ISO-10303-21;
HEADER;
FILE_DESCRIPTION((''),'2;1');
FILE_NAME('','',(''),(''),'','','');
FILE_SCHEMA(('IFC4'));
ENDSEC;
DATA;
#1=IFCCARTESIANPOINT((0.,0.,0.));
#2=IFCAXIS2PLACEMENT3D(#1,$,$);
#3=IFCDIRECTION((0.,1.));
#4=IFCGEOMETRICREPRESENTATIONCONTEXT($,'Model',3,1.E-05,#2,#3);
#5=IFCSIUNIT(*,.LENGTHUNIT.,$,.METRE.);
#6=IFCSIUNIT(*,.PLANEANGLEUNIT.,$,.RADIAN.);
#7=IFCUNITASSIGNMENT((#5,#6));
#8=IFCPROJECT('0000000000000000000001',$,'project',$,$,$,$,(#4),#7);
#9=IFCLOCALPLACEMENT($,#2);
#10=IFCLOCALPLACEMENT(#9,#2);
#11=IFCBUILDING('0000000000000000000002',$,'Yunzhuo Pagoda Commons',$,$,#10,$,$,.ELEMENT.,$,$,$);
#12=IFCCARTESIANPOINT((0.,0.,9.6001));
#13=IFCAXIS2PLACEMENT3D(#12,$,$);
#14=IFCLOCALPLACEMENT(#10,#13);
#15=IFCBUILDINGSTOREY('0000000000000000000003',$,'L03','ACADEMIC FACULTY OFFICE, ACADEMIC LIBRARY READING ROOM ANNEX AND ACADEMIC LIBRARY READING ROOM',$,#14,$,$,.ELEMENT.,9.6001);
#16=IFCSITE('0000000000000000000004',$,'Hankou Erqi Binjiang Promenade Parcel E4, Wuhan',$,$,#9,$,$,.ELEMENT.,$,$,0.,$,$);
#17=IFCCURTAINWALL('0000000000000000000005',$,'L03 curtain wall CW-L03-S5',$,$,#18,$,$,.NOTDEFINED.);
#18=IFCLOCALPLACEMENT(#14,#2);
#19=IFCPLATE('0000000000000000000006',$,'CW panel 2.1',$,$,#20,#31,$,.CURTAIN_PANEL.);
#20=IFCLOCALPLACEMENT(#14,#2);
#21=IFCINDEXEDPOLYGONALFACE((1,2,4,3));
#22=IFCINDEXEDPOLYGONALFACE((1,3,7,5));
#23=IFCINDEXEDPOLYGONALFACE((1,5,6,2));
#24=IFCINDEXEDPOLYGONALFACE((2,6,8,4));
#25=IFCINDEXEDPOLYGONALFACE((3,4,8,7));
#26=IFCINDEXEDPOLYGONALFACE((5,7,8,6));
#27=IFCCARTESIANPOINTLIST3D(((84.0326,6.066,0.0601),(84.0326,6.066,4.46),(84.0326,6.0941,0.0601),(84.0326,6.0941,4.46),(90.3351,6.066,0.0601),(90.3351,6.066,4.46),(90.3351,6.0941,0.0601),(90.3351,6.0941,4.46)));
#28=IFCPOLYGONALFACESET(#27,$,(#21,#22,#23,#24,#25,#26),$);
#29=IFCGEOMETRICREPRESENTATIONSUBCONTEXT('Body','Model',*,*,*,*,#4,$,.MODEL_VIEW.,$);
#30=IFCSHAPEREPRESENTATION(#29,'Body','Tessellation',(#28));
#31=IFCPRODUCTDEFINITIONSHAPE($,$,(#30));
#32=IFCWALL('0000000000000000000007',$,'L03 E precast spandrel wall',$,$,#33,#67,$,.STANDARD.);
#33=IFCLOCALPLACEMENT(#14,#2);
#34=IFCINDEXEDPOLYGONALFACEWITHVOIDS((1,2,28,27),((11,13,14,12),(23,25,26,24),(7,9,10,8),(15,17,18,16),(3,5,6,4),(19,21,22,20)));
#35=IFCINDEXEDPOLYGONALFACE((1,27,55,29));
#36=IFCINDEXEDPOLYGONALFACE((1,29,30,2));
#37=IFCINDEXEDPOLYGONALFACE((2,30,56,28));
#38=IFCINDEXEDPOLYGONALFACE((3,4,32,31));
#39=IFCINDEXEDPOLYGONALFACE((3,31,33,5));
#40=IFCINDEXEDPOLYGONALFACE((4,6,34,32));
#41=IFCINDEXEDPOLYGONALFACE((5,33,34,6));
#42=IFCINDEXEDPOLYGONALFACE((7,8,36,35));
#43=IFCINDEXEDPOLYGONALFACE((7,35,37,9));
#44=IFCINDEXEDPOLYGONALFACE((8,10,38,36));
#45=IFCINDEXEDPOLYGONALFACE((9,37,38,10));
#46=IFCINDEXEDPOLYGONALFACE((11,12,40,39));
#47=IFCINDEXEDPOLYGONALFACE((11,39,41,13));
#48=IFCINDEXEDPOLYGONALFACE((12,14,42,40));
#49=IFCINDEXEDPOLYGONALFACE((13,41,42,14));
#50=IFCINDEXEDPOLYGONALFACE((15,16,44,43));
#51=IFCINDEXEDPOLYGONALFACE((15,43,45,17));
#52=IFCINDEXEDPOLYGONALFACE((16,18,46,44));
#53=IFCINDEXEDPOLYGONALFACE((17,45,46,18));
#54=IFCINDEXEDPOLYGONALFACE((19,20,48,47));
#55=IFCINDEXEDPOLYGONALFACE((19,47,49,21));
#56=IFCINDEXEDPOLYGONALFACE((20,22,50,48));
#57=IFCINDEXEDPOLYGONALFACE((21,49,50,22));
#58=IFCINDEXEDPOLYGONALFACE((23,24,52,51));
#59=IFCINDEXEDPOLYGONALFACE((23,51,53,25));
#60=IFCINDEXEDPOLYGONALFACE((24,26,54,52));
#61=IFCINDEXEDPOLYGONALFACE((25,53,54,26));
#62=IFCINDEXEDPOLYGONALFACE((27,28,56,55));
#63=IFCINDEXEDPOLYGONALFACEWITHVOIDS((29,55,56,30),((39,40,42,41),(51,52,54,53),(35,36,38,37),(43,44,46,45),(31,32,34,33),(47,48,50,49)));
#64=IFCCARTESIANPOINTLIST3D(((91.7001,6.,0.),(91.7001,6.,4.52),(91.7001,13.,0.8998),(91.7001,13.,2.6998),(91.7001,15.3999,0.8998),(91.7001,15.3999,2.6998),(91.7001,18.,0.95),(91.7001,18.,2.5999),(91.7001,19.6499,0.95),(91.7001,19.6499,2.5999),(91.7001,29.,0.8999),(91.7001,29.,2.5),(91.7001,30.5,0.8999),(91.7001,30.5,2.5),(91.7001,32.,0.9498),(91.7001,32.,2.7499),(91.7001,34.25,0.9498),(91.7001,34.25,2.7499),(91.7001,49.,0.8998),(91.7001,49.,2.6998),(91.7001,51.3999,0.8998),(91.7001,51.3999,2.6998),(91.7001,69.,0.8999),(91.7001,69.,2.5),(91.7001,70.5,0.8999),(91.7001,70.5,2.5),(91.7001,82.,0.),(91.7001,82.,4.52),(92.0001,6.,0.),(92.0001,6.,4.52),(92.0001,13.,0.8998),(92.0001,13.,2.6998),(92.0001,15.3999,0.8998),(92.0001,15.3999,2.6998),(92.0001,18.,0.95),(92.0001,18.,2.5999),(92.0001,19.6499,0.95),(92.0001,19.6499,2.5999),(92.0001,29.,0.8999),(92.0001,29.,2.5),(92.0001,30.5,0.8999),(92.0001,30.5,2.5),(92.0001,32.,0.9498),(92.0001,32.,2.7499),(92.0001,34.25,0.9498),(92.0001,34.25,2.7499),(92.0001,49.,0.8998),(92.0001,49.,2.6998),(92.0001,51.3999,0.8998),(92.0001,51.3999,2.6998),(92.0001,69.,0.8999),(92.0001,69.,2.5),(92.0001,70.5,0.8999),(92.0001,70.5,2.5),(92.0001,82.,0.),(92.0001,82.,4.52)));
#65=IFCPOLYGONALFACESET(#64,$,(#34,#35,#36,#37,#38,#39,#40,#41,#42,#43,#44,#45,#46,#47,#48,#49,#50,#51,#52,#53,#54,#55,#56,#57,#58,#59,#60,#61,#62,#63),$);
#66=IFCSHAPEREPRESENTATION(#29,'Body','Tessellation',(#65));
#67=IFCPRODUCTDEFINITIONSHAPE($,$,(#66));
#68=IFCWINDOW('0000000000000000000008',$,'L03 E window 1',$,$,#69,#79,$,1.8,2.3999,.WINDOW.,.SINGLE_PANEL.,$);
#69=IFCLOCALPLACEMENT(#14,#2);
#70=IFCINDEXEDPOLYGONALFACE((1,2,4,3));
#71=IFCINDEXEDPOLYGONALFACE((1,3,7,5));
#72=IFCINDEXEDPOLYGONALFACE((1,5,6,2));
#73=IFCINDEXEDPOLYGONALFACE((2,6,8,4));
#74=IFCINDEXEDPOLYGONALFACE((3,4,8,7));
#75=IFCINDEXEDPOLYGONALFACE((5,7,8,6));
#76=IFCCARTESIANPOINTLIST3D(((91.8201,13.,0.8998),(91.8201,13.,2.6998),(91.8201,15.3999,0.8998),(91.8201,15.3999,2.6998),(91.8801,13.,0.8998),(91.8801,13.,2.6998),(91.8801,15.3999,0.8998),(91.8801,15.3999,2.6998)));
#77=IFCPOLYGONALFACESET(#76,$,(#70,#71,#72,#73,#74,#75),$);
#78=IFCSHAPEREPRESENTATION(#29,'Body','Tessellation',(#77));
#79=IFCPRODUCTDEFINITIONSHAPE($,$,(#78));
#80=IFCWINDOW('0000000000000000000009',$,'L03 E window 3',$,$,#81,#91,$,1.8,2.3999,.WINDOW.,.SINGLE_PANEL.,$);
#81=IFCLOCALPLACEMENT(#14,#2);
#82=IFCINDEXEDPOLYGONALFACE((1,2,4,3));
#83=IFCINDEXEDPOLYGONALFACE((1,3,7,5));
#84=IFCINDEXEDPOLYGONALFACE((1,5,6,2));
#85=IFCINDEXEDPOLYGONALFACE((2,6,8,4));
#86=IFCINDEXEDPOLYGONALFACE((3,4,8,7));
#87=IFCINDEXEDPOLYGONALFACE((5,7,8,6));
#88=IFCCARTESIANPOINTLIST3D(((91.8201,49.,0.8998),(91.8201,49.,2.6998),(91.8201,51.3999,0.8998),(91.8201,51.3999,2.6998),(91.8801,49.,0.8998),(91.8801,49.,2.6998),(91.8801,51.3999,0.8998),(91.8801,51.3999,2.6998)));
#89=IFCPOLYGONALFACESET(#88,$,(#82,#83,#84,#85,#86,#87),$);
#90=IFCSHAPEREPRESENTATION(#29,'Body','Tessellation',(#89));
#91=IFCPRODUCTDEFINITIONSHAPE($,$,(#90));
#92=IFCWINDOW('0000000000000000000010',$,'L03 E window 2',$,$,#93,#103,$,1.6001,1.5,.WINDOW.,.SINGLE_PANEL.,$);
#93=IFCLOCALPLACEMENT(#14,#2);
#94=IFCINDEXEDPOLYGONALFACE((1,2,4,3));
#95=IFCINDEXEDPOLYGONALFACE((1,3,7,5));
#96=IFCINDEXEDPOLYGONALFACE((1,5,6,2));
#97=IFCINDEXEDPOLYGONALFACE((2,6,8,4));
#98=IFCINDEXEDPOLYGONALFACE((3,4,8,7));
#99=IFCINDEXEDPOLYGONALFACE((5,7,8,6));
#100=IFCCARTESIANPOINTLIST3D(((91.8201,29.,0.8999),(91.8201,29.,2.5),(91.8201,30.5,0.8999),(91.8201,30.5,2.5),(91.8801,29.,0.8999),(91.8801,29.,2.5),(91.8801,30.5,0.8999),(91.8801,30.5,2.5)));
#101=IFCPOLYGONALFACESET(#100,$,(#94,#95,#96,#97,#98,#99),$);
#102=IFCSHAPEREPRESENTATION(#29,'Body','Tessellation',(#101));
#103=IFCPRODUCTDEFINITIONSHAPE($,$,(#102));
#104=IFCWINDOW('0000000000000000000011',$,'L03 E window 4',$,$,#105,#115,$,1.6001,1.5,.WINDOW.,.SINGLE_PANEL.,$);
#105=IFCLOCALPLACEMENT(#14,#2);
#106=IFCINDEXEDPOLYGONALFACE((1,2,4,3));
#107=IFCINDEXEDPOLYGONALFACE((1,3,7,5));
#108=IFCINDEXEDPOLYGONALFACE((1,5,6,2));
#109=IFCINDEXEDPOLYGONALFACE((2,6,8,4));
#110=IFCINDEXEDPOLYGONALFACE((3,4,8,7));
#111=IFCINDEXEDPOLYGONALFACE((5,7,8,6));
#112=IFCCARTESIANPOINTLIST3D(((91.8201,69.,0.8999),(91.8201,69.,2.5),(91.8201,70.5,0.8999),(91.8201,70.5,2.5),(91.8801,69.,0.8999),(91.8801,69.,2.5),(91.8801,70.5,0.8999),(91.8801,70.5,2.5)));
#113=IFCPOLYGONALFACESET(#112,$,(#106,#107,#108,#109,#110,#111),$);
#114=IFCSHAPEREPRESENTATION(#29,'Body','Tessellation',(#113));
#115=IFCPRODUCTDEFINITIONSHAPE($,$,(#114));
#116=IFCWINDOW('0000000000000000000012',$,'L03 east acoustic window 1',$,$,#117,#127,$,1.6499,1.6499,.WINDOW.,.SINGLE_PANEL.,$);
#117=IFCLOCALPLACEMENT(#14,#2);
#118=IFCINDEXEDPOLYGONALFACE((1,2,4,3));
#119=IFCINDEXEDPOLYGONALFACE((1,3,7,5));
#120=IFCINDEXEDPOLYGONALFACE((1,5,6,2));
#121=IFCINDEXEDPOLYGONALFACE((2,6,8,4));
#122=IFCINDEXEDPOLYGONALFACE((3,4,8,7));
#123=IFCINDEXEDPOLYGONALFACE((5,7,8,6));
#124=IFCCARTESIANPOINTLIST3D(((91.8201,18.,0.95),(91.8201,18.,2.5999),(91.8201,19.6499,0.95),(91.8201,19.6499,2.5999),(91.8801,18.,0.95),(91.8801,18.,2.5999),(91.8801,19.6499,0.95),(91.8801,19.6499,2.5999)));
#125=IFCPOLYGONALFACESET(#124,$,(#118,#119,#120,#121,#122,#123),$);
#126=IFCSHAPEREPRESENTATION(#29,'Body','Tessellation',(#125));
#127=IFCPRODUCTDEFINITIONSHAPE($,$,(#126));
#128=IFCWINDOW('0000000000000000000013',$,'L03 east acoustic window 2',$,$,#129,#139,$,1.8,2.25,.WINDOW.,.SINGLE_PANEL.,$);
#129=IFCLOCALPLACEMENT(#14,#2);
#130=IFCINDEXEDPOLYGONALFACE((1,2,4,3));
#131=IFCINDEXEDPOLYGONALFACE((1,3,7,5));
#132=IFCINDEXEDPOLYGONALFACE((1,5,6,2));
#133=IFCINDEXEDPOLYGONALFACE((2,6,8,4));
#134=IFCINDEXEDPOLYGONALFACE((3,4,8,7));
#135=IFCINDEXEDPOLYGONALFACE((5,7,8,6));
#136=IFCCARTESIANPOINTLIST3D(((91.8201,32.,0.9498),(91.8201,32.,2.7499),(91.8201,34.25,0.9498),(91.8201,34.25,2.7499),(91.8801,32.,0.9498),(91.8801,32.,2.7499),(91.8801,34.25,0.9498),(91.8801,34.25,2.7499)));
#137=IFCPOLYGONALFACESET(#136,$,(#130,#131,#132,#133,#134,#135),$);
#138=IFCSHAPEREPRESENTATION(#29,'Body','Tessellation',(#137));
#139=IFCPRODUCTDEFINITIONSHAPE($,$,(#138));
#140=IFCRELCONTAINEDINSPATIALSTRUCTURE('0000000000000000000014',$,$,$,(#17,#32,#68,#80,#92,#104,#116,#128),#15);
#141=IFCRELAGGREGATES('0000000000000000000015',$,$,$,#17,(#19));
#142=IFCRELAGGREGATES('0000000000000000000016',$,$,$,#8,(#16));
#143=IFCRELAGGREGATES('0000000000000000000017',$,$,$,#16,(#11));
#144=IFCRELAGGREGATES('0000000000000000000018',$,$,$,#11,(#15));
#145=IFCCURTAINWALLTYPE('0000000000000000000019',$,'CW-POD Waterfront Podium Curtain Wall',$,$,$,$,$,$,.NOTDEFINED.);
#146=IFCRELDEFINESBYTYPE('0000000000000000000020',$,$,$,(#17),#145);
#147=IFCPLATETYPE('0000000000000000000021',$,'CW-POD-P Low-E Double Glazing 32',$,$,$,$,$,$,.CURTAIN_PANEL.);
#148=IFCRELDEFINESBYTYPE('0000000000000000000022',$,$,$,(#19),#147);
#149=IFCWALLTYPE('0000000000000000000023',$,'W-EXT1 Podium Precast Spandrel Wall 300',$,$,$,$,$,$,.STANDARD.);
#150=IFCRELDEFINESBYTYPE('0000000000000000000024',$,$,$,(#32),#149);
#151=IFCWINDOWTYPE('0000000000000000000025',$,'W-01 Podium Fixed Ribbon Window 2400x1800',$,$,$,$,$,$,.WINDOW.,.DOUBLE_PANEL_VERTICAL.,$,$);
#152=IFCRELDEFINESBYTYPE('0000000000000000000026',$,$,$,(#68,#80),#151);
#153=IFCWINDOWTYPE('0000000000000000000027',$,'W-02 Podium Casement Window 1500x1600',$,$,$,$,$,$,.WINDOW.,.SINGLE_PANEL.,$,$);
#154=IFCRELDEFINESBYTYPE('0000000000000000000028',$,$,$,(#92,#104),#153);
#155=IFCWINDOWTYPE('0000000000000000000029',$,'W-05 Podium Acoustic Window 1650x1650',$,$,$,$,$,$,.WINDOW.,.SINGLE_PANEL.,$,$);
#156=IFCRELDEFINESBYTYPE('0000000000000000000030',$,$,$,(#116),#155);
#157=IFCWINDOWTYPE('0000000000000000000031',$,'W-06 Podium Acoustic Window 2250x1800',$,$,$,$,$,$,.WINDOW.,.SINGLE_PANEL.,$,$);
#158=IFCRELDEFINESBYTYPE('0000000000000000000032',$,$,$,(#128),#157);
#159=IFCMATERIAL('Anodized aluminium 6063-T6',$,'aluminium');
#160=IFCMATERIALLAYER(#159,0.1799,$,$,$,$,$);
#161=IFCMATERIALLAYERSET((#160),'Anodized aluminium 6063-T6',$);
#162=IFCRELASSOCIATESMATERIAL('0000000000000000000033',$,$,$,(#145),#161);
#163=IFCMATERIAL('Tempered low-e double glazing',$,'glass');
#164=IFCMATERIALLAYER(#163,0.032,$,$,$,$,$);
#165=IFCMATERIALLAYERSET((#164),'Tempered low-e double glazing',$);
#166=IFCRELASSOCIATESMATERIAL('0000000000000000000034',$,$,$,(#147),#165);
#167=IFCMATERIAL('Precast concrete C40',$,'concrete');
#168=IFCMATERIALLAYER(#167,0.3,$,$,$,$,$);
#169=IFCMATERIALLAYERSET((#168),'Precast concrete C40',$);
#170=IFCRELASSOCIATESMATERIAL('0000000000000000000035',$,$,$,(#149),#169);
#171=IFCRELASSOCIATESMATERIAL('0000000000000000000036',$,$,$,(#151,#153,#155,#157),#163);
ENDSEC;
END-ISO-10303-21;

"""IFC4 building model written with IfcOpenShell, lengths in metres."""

from ifc_helpers import new_model, si_unit, direction, frame, frame_2d, origin, origin_with_axes, origin_2d, place, context, subcontext, project, spatial, rectangle, extrude, source, transform, mapped, material, layer, layer_set, type_object, element, fill, aggregate, save


model = new_model("IFC4")

# Units and contexts
model_context = context("Model", 3, precision=1e-05, world=origin(), true_north=direction((0.0, 1.0)))
body_context = subcontext(model_context, "Body", "Model", "MODEL_VIEW")
ifc_project = project(units=[si_unit("LENGTHUNIT", "METRE"), si_unit("PLANEANGLEUNIT", "RADIAN")], contexts=[model_context])

# Site, building, storey
site_placement = place(None, origin())
site = spatial("IfcSite", under=ifc_project, at=site_placement, Name="Hankou Erqi Binjiang Promenade Parcel E4, Wuhan", CompositionType="ELEMENT", RefElevation=0.0)
building_placement = place(site_placement, origin())
building = spatial("IfcBuilding", under=site, at=building_placement, Name="Yunzhuo Pagoda Commons", CompositionType="ELEMENT")
storey_placement = place(building_placement, frame((0.0, 0.0, 9.6001)))
storey = spatial("IfcBuildingStorey", under=building, at=storey_placement, Name="L03", Description="ACADEMIC FACULTY OFFICE, ACADEMIC LIBRARY READING ROOM ANNEX AND ACADEMIC LIBRARY READING ROOM", CompositionType="ELEMENT", Elevation=9.6001)

# Curtain wall, plate
ifc_material_1 = material(Name="Anodized aluminium 6063-T6", Category="aluminium")
ifc_layer_1 = layer(ifc_material_1, 0.1799)
ifc_layer_set_1 = layer_set([ifc_layer_1], Name="Anodized aluminium 6063-T6")
curtain_wall_type = type_object("IfcCurtainWallType", Name="CW-POD Waterfront Podium Curtain Wall", PredefinedType="NOTDEFINED", material=ifc_layer_set_1)
curtain_wall_placement = place(storey_placement, origin())
curtain_wall = element("IfcCurtainWall", 1, at=curtain_wall_placement, inside=storey, type_object=curtain_wall_type, Name="L03 curtain wall CW-L03-S5", PredefinedType="NOTDEFINED")
ifc_material_2 = material(Name="Tempered low-e double glazing", Category="glass")
ifc_layer_2 = layer(ifc_material_2, 0.032)
ifc_layer_set_2 = layer_set([ifc_layer_2], Name="Tempered low-e double glazing")
plate_type = type_object("IfcPlateType", Name="CW-POD-P Low-E Double Glazing 32", PredefinedType="CURTAIN_PANEL", material=ifc_layer_set_2)
shared_shape_1 = source(origin(), body_context, "Body", "SweptSolid", [
    extrude(rectangle(XDim=6.3025, YDim=0.0281, at=origin_2d()), origin(), (0.0, 0.0, 1.0), 4.3999),
])
plate_1_placement = place(storey_placement, frame((87.1838, 6.0801, 0.0601), z_axis=(0.0, 0.0, 1.0), x_axis=(1.0, 0.0, 0.0)))
plate_1 = element("IfcPlate", 2, at=plate_1_placement, type_object=plate_type, Name="CW panel 2.1", PredefinedType="CURTAIN_PANEL", context=body_context, shape_type="MappedRepresentation", body=[
    mapped(shared_shape_1, transform((0.0, 0.0, 0.0), scale=1.0)),
])
aggregate(curtain_wall, [plate_1])

# Wall, openings, windows
ifc_material_3 = material(Name="Precast concrete C40", Category="concrete")
ifc_layer_3 = layer(ifc_material_3, 0.3)
ifc_layer_set_3 = layer_set([ifc_layer_3], Name="Precast concrete C40")
wall_type = type_object("IfcWallType", Name="W-EXT1 Podium Precast Spandrel Wall 300", PredefinedType="STANDARD", material=ifc_layer_set_3)
wall_placement = place(storey_placement, frame((91.8501, 6.0, 0.0), z_axis=(0.0, 0.0, 1.0), x_axis=(0.0, 1.0, 0.0)))
wall = element("IfcWall", 3, at=wall_placement, inside=storey, type_object=wall_type, Name="L03 E precast spandrel wall", PredefinedType="STANDARD", context=body_context, shape_type="SweptSolid", body=[
    extrude(rectangle(XDim=76.0, YDim=0.3, at=frame_2d((38.0, 0.0))), origin(), (0.0, 0.0, 1.0), 4.52),
])
opening_1_placement = place(wall_placement, frame((7.0, 0.0, 0.8999)))
opening_1 = element("IfcOpeningElement", 4, at=opening_1_placement, cuts=wall, PredefinedType="OPENING", context=body_context, shape_type="SweptSolid", body=[
    extrude(rectangle(XDim=2.3999, YDim=1.8, at=frame_2d((1.2, 0.8999))), frame((0.0, 0.1602, 0.0), z_axis=(0.0, -1.0, 0.0), x_axis=(1.0, 0.0, 0.0)), (0.0, 0.0, 1.0), 0.3201),
])
opening_2_placement = place(wall_placement, frame((23.0, 0.0, 0.8999)))
opening_2 = element("IfcOpeningElement", 5, at=opening_2_placement, cuts=wall, PredefinedType="OPENING", context=body_context, shape_type="SweptSolid", body=[
    extrude(rectangle(XDim=1.5, YDim=1.6001, at=frame_2d((0.75, 0.8))), frame((0.0, 0.1602, 0.0), z_axis=(0.0, -1.0, 0.0), x_axis=(1.0, 0.0, 0.0)), (0.0, 0.0, 1.0), 0.3201),
])
opening_3_placement = place(wall_placement, frame((43.0, 0.0, 0.8999)))
opening_3 = element("IfcOpeningElement", 6, at=opening_3_placement, cuts=wall, PredefinedType="OPENING", context=body_context, shape_type="SweptSolid", body=[
    extrude(rectangle(XDim=2.3999, YDim=1.8, at=frame_2d((1.2, 0.8999))), frame((0.0, 0.1602, 0.0), z_axis=(0.0, -1.0, 0.0), x_axis=(1.0, 0.0, 0.0)), (0.0, 0.0, 1.0), 0.3201),
])
opening_4_placement = place(wall_placement, frame((63.0, 0.0, 0.8999)))
opening_4 = element("IfcOpeningElement", 7, at=opening_4_placement, cuts=wall, PredefinedType="OPENING", context=body_context, shape_type="SweptSolid", body=[
    extrude(rectangle(XDim=1.5, YDim=1.6001, at=frame_2d((0.75, 0.8))), frame((0.0, 0.1602, 0.0), z_axis=(0.0, -1.0, 0.0), x_axis=(1.0, 0.0, 0.0)), (0.0, 0.0, 1.0), 0.3201),
])
opening_5_placement = place(wall_placement, frame((12.0, 0.0, 0.95)))
opening_5 = element("IfcOpeningElement", 8, at=opening_5_placement, cuts=wall, PredefinedType="OPENING", context=body_context, shape_type="SweptSolid", body=[
    extrude(rectangle(XDim=1.6499, YDim=1.6499, at=frame_2d((0.825, 0.825))), frame((0.0, 0.1602, 0.0), z_axis=(0.0, -1.0, 0.0), x_axis=(1.0, 0.0, 0.0)), (0.0, 0.0, 1.0), 0.3201),
])
opening_6_placement = place(wall_placement, frame((26.0, 0.0, 0.95)))
opening_6 = element("IfcOpeningElement", 9, at=opening_6_placement, cuts=wall, PredefinedType="OPENING", context=body_context, shape_type="SweptSolid", body=[
    extrude(rectangle(XDim=2.25, YDim=1.8, at=frame_2d((1.125, 0.8999))), frame((0.0, 0.1602, 0.0), z_axis=(0.0, -1.0, 0.0), x_axis=(1.0, 0.0, 0.0)), (0.0, 0.0, 1.0), 0.3201),
])
window_type_1 = type_object("IfcWindowType", Name="W-01 Podium Fixed Ribbon Window 2400x1800", PartitioningType="DOUBLE_PANEL_VERTICAL", PredefinedType="WINDOW", material=ifc_material_2)
shared_shape_2 = source(origin(), body_context, "Body", "SweptSolid", [
    extrude(rectangle(XDim=2.3999, YDim=1.8, at=frame_2d((1.2, 0.8999))), frame((0.0, 0.03, 0.0), z_axis=(0.0, -1.0, 0.0), x_axis=(1.0, 0.0, 0.0)), (0.0, 0.0, 1.0), 0.0601),
])
window_1_placement = place(opening_1_placement, origin_with_axes())
window_1 = element("IfcWindow", 10, at=window_1_placement, inside=storey, type_object=window_type_1, Name="L03 E window 1", OverallHeight=1.8, OverallWidth=2.3999, PartitioningType="SINGLE_PANEL", PredefinedType="WINDOW", context=body_context, shape_type="MappedRepresentation", body=[
    mapped(shared_shape_2, transform((0.0, 0.0, 0.0), scale=1.0)),
])
fill(opening_1, window_1)
window_2_placement = place(opening_3_placement, origin_with_axes())
window_2 = element("IfcWindow", 11, at=window_2_placement, inside=storey, type_object=window_type_1, Name="L03 E window 3", OverallHeight=1.8, OverallWidth=2.3999, PartitioningType="SINGLE_PANEL", PredefinedType="WINDOW", context=body_context, shape_type="MappedRepresentation", body=[
    mapped(shared_shape_2, transform((0.0, 0.0, 0.0), scale=1.0)),
])
fill(opening_3, window_2)
window_type_2 = type_object("IfcWindowType", Name="W-02 Podium Casement Window 1500x1600", PartitioningType="SINGLE_PANEL", PredefinedType="WINDOW", material=ifc_material_2)
shared_shape_3 = source(origin(), body_context, "Body", "SweptSolid", [
    extrude(rectangle(XDim=1.5, YDim=1.6001, at=frame_2d((0.75, 0.8))), frame((0.0, 0.03, 0.0), z_axis=(0.0, -1.0, 0.0), x_axis=(1.0, 0.0, 0.0)), (0.0, 0.0, 1.0), 0.0601),
])
window_3_placement = place(opening_2_placement, origin_with_axes())
window_3 = element("IfcWindow", 12, at=window_3_placement, inside=storey, type_object=window_type_2, Name="L03 E window 2", OverallHeight=1.6001, OverallWidth=1.5, PartitioningType="SINGLE_PANEL", PredefinedType="WINDOW", context=body_context, shape_type="MappedRepresentation", body=[
    mapped(shared_shape_3, transform((0.0, 0.0, 0.0), scale=1.0)),
])
fill(opening_2, window_3)
window_4_placement = place(opening_4_placement, origin_with_axes())
window_4 = element("IfcWindow", 13, at=window_4_placement, inside=storey, type_object=window_type_2, Name="L03 E window 4", OverallHeight=1.6001, OverallWidth=1.5, PartitioningType="SINGLE_PANEL", PredefinedType="WINDOW", context=body_context, shape_type="MappedRepresentation", body=[
    mapped(shared_shape_3, transform((0.0, 0.0, 0.0), scale=1.0)),
])
fill(opening_4, window_4)
window_type_3 = type_object("IfcWindowType", Name="W-05 Podium Acoustic Window 1650x1650", PartitioningType="SINGLE_PANEL", PredefinedType="WINDOW", material=ifc_material_2)
shared_shape_4 = source(origin(), body_context, "Body", "SweptSolid", [
    extrude(rectangle(XDim=1.6499, YDim=1.6499, at=frame_2d((0.825, 0.825))), frame((0.0, 0.03, 0.0), z_axis=(0.0, -1.0, 0.0), x_axis=(1.0, 0.0, 0.0)), (0.0, 0.0, 1.0), 0.0601),
])
window_5_placement = place(opening_5_placement, origin_with_axes())
window_5 = element("IfcWindow", 14, at=window_5_placement, inside=storey, type_object=window_type_3, Name="L03 east acoustic window 1", OverallHeight=1.6499, OverallWidth=1.6499, PartitioningType="SINGLE_PANEL", PredefinedType="WINDOW", context=body_context, shape_type="MappedRepresentation", body=[
    mapped(shared_shape_4, transform((0.0, 0.0, 0.0), scale=1.0)),
])
fill(opening_5, window_5)
window_type_4 = type_object("IfcWindowType", Name="W-06 Podium Acoustic Window 2250x1800", PartitioningType="SINGLE_PANEL", PredefinedType="WINDOW", material=ifc_material_2)
shared_shape_5 = source(origin(), body_context, "Body", "SweptSolid", [
    extrude(rectangle(XDim=2.25, YDim=1.8, at=frame_2d((1.125, 0.8999))), frame((0.0, 0.03, 0.0), z_axis=(0.0, -1.0, 0.0), x_axis=(1.0, 0.0, 0.0)), (0.0, 0.0, 1.0), 0.0601),
])
window_6_placement = place(opening_6_placement, origin_with_axes())
window_6 = element("IfcWindow", 15, at=window_6_placement, inside=storey, type_object=window_type_4, Name="L03 east acoustic window 2", OverallHeight=1.8, OverallWidth=2.25, PartitioningType="SINGLE_PANEL", PredefinedType="WINDOW", context=body_context, shape_type="MappedRepresentation", body=[
    mapped(shared_shape_5, transform((0.0, 0.0, 0.0), scale=1.0)),
])
fill(opening_6, window_6)

save(model, "model.ifc")
